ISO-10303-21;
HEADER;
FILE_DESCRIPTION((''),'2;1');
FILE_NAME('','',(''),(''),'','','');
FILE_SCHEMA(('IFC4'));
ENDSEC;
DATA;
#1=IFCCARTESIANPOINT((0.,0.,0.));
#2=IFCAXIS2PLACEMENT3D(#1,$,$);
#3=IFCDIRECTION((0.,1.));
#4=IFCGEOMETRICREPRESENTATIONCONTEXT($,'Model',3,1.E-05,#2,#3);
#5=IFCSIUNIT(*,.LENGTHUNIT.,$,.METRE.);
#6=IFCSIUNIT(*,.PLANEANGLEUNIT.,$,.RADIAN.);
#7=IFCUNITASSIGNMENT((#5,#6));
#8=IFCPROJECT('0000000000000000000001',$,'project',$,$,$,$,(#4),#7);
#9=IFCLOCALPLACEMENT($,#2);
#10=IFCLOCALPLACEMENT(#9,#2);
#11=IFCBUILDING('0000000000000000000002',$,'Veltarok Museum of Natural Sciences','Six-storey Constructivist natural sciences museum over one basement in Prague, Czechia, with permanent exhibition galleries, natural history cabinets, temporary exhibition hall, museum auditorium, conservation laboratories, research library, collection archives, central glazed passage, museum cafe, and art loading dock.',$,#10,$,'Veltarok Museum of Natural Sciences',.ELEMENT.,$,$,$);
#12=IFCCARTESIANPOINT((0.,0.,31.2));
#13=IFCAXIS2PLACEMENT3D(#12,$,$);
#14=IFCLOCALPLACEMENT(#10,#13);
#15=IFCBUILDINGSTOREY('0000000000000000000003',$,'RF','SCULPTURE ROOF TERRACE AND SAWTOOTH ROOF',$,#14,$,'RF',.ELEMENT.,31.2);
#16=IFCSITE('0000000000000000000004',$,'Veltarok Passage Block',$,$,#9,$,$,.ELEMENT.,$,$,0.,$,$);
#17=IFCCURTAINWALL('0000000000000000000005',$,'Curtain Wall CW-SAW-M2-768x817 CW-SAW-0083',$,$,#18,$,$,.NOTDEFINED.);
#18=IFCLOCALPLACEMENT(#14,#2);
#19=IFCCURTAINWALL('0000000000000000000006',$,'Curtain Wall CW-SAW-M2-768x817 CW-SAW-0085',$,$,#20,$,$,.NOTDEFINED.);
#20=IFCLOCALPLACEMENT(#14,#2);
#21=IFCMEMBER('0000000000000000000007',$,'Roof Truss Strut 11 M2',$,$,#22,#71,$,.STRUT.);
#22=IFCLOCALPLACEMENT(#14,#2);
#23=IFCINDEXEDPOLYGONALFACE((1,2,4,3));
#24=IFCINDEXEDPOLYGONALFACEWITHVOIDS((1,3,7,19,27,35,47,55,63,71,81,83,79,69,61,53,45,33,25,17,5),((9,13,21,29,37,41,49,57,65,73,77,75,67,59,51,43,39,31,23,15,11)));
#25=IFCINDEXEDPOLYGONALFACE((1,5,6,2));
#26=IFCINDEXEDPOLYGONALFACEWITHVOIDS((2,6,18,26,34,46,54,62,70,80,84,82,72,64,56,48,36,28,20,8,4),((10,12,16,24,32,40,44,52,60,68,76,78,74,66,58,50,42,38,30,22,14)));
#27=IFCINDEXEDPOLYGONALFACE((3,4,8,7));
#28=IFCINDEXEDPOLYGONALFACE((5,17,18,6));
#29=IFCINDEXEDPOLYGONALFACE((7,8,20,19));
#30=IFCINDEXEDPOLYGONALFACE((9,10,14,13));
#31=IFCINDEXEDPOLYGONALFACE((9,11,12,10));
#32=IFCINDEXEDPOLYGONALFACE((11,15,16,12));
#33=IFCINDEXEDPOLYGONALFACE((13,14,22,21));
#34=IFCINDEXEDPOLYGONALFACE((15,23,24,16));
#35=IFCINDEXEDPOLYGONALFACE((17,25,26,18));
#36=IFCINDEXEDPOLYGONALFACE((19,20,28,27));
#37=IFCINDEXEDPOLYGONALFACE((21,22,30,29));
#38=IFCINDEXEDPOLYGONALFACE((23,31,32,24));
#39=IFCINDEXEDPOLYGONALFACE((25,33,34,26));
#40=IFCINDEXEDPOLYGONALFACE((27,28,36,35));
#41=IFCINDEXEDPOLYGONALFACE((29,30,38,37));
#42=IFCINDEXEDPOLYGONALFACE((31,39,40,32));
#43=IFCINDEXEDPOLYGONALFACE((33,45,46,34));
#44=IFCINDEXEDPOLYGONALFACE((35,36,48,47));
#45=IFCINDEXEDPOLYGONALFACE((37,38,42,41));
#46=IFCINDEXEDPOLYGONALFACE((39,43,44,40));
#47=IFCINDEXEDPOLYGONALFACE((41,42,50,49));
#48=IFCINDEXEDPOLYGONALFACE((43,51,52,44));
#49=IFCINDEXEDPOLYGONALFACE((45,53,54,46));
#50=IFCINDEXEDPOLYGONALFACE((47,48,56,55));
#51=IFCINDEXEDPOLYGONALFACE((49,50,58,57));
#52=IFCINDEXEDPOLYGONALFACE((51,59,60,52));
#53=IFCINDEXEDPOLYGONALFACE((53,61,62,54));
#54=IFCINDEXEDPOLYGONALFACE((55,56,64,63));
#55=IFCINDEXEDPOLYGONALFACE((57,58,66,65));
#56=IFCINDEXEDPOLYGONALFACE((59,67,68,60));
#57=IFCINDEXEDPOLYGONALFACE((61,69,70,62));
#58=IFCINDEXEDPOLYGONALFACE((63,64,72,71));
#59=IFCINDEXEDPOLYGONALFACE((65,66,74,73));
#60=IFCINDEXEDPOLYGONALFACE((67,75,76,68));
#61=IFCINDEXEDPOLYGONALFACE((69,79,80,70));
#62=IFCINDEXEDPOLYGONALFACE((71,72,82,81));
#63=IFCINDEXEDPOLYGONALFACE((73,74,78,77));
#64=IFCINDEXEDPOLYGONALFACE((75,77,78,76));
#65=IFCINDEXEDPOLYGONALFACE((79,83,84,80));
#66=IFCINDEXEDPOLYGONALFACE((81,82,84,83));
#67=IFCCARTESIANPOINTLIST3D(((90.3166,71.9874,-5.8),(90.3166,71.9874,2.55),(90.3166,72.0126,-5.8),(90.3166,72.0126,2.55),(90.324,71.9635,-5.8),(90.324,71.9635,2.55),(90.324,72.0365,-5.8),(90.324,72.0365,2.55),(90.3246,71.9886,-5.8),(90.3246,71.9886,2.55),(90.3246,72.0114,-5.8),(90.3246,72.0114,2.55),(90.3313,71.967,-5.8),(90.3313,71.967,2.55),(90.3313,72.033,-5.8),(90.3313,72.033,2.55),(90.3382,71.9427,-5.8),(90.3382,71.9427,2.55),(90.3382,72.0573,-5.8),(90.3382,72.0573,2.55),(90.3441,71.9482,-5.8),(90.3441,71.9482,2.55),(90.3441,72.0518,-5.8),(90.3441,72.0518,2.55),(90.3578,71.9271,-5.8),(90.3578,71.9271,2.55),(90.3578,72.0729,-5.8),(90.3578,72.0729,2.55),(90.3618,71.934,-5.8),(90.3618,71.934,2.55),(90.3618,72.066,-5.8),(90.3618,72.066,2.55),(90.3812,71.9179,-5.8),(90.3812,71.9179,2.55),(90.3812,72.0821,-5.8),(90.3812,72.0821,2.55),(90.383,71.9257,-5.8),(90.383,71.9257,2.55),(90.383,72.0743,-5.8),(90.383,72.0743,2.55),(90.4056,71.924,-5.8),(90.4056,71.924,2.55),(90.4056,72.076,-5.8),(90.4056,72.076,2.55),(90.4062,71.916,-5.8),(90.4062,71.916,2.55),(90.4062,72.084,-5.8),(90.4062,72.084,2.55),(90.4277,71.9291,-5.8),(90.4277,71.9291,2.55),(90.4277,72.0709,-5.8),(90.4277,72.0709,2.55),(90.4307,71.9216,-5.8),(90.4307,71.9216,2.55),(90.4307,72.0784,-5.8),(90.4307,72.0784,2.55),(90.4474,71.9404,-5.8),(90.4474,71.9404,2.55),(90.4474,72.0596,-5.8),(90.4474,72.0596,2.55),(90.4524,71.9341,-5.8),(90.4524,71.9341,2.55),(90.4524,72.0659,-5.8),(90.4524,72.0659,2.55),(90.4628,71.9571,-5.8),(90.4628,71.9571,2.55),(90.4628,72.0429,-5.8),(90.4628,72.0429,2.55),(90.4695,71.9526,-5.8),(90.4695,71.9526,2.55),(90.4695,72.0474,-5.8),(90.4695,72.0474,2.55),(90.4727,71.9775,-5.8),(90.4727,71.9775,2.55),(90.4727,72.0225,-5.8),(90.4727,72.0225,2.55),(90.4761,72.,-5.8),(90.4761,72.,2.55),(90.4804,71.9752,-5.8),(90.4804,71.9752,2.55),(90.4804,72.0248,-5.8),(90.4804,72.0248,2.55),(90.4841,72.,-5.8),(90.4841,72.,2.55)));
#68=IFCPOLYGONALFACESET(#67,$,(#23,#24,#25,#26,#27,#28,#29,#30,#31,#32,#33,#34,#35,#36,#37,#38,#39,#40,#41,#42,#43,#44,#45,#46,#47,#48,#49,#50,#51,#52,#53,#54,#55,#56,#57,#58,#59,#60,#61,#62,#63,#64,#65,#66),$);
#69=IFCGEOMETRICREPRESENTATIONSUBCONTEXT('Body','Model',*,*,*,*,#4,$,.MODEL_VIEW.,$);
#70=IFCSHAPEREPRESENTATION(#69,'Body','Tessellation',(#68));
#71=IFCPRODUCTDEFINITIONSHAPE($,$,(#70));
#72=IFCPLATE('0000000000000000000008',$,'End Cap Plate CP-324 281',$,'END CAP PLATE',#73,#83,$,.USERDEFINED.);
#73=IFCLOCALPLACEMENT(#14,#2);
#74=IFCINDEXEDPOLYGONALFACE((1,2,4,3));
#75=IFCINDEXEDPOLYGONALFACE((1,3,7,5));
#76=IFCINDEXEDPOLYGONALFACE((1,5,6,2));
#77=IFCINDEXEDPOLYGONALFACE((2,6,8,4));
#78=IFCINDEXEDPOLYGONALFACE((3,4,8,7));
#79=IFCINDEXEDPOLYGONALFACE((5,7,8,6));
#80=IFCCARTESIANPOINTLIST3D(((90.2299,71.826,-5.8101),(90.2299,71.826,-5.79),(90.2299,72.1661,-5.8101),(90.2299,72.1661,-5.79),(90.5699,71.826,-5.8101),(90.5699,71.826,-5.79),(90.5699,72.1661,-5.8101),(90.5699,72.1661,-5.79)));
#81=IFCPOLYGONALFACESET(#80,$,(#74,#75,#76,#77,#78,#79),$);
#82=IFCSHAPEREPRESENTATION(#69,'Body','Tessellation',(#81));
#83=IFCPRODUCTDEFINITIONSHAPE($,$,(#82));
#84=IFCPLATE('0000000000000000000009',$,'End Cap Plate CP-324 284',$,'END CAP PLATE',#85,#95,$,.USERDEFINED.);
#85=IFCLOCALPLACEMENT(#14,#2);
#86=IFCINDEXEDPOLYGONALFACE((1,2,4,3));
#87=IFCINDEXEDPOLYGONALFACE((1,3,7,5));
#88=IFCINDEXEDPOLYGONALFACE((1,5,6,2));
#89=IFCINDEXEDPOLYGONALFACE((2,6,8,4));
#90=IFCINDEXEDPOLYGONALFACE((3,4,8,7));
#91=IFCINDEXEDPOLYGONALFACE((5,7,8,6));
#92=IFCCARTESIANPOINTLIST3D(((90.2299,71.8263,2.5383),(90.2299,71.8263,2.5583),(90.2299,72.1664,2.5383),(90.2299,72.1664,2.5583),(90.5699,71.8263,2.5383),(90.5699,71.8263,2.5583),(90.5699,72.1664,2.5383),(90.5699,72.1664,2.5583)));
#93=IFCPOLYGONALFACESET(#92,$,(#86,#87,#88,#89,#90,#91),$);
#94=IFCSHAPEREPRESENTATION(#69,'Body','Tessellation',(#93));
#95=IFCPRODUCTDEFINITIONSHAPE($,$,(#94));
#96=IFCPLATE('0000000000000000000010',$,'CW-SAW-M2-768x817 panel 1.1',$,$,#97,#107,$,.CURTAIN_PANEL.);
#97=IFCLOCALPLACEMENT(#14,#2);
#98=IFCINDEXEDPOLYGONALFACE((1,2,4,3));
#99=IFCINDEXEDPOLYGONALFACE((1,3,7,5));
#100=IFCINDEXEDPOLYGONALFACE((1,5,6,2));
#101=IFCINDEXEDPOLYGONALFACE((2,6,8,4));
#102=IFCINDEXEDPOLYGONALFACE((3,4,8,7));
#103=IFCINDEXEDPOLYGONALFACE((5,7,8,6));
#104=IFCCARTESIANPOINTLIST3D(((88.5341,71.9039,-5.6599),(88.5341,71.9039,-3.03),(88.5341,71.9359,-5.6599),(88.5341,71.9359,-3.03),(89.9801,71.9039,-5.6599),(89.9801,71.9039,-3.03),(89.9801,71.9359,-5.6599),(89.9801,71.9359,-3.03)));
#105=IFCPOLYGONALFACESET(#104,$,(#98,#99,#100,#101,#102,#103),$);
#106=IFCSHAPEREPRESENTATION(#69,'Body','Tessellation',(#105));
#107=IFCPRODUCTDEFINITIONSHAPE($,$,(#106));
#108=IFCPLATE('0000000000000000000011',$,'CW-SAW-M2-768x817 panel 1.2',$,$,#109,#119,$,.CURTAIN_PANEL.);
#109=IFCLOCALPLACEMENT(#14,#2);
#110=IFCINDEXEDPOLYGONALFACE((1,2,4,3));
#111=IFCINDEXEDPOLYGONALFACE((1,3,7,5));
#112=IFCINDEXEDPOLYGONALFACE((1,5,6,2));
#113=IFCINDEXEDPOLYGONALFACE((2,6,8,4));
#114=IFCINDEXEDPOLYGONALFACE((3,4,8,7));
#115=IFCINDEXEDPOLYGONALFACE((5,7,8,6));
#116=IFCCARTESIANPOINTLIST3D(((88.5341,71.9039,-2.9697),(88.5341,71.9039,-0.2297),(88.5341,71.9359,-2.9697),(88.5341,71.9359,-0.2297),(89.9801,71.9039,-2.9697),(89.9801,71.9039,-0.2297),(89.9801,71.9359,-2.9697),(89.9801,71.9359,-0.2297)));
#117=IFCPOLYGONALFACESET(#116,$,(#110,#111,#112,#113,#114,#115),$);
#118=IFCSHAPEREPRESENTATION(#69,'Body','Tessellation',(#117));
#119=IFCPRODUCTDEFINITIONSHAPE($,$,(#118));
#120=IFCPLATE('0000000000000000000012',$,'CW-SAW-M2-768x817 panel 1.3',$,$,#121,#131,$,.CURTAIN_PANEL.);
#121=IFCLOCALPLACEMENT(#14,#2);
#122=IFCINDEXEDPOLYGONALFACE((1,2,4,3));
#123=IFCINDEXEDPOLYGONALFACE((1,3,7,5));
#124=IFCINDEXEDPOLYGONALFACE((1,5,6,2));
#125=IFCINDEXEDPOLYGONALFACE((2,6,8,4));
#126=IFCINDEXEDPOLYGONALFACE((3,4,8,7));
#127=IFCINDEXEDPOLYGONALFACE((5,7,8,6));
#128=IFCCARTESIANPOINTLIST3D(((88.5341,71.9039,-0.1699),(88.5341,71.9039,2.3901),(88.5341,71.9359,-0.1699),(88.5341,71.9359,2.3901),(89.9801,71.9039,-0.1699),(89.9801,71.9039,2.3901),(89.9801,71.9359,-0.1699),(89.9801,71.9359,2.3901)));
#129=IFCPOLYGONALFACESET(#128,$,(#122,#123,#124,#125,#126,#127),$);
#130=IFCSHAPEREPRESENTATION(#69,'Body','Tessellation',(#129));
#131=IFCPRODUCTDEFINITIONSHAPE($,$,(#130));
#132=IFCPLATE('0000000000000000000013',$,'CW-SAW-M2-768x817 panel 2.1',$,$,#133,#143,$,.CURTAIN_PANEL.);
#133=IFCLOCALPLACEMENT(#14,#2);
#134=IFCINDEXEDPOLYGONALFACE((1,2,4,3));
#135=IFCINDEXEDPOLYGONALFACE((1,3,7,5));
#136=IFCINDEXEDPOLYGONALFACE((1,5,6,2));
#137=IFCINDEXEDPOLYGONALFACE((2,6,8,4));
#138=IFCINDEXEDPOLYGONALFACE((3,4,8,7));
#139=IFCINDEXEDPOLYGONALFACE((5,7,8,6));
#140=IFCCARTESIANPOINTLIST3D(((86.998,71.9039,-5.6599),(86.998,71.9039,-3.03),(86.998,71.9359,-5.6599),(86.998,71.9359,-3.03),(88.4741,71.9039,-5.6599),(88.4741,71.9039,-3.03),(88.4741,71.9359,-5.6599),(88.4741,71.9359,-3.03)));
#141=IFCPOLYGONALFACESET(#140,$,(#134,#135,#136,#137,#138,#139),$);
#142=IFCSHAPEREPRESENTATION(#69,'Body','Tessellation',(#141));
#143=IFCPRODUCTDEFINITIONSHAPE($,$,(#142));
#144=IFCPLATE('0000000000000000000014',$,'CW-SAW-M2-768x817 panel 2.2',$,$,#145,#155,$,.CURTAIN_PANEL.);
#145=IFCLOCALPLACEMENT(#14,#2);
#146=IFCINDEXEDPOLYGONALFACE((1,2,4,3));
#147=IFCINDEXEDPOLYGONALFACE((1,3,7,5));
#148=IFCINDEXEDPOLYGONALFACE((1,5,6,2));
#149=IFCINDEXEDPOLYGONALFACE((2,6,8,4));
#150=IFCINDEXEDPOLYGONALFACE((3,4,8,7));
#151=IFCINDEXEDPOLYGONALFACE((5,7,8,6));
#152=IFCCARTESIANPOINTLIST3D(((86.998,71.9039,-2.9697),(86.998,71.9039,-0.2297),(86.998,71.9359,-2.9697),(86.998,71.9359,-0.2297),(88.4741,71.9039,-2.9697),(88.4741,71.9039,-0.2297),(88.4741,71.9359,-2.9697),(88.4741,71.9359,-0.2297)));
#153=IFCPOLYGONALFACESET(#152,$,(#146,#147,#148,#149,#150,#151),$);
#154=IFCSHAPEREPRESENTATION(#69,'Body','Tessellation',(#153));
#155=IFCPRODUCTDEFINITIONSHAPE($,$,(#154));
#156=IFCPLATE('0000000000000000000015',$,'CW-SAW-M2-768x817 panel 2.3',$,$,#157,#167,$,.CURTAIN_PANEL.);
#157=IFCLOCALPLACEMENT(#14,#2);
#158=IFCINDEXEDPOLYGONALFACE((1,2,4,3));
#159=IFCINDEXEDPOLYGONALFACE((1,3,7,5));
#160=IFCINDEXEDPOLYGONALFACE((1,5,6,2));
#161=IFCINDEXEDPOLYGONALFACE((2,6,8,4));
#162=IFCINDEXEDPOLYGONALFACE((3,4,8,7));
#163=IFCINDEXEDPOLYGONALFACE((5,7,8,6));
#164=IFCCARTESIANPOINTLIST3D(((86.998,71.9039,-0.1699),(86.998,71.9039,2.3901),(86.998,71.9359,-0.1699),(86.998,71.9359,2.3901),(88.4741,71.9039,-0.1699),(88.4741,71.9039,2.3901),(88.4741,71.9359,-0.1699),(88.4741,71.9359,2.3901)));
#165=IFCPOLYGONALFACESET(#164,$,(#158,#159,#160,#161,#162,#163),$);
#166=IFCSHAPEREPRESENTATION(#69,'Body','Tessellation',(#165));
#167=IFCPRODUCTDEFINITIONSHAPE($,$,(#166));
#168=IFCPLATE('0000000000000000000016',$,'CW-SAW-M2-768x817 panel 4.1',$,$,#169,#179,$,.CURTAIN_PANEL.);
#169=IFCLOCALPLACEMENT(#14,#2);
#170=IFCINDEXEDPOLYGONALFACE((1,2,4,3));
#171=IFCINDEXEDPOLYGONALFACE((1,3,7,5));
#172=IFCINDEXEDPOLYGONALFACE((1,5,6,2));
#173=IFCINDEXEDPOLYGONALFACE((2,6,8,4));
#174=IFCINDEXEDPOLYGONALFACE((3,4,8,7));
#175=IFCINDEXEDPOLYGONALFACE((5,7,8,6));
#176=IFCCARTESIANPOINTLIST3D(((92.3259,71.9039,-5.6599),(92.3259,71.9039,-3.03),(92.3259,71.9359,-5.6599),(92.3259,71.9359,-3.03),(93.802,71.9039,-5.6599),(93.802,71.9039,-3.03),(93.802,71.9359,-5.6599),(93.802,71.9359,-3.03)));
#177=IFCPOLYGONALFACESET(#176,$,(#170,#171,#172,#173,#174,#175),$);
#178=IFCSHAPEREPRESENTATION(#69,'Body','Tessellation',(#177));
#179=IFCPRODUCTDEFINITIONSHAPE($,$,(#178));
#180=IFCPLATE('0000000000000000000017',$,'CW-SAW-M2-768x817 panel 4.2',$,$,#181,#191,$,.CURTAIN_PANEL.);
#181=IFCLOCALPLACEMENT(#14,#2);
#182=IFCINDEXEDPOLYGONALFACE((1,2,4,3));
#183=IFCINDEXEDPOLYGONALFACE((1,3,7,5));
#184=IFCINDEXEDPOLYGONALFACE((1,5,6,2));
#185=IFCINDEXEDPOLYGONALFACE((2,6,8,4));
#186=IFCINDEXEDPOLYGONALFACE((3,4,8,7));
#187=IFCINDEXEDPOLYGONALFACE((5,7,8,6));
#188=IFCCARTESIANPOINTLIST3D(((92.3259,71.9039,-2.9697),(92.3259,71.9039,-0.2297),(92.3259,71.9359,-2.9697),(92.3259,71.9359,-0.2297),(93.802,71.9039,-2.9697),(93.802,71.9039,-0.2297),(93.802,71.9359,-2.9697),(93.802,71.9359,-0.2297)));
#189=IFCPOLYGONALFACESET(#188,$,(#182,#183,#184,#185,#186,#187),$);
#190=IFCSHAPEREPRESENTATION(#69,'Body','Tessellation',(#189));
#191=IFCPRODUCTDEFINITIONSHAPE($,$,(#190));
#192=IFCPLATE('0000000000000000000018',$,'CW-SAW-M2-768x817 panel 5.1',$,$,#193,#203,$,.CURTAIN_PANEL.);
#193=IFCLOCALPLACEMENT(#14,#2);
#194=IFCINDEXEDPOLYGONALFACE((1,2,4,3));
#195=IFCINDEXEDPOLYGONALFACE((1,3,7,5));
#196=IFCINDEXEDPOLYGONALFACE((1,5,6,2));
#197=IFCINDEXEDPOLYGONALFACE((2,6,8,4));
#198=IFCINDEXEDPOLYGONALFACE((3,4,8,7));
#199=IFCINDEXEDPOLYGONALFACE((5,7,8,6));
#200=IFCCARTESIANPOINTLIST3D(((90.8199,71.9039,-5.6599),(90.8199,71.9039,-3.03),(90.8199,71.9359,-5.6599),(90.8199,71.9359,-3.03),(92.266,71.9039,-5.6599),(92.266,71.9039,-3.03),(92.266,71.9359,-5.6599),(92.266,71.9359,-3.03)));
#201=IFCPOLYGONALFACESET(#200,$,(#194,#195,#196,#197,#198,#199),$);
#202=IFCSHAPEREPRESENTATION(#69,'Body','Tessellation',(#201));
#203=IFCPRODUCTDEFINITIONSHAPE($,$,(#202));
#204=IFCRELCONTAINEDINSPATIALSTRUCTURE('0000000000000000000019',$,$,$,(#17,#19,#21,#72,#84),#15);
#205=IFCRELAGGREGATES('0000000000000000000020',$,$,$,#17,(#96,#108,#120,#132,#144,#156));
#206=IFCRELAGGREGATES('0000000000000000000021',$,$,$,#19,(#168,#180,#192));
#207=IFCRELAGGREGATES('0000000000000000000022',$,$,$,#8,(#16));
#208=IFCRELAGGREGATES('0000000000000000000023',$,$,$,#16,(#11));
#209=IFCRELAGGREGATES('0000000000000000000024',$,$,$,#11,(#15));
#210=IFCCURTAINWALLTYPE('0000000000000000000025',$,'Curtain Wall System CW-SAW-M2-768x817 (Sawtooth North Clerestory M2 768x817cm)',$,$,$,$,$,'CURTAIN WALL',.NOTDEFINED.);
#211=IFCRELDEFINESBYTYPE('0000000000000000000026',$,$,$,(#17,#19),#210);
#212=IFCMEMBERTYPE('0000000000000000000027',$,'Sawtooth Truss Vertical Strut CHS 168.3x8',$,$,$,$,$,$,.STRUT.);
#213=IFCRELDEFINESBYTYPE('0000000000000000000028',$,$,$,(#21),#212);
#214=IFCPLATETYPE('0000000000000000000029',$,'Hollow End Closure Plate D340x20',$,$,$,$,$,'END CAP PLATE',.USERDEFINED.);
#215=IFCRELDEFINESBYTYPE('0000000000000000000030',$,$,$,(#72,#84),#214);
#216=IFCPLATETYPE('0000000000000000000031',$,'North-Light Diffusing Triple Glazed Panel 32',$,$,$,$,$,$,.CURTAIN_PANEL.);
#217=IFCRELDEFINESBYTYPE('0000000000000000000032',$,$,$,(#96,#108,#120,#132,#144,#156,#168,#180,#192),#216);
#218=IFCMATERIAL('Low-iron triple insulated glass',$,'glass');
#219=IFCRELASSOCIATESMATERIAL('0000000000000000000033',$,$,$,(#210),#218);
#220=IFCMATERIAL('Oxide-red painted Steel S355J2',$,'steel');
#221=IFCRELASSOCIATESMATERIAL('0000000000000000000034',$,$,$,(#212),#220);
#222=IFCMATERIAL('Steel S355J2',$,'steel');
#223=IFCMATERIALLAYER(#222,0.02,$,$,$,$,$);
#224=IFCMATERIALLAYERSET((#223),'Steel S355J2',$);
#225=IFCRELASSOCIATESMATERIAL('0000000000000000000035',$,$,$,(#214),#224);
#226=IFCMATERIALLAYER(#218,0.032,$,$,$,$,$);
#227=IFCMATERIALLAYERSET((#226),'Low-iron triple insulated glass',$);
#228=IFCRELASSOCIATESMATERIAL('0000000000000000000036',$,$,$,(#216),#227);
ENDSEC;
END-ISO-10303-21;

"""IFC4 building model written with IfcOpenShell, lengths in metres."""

from ifc_helpers import new_model, si_unit, direction, frame, origin, origin_2d, place, context, subcontext, project, spatial, rectangle, hollow_circle, extrude, material, layer, layer_set, material_profile, profile_set, type_object, element, aggregate, save


model = new_model("IFC4")

# Units and contexts
model_context = context("Model", 3, precision=1e-05, world=origin(), true_north=direction((0.0, 1.0)))
body_context = subcontext(model_context, "Body", "Model", "MODEL_VIEW")
ifc_project = project(units=[si_unit("LENGTHUNIT", "METRE"), si_unit("PLANEANGLEUNIT", "RADIAN")], contexts=[model_context])

# Site, building, storey
site_placement = place(None, origin())
site = spatial("IfcSite", under=ifc_project, at=site_placement, Name="Veltarok Passage Block", CompositionType="ELEMENT", RefElevation=0.0)
building_placement = place(site_placement, origin())
building = spatial("IfcBuilding", under=site, at=building_placement, Name="Veltarok Museum of Natural Sciences", Description="Six-storey Constructivist natural sciences museum over one basement in Prague, Czechia, with permanent exhibition galleries, natural history cabinets, temporary exhibition hall, museum auditorium, conservation laboratories, research library, collection archives, central glazed passage, museum cafe, and art loading dock.", LongName="Veltarok Museum of Natural Sciences", CompositionType="ELEMENT")
storey_placement = place(building_placement, frame((0.0, 0.0, 31.2)))
storey = spatial("IfcBuildingStorey", under=building, at=storey_placement, Name="RF", Description="SCULPTURE ROOF TERRACE AND SAWTOOTH ROOF", LongName="RF", CompositionType="ELEMENT", Elevation=31.2)

# Shared definitions
ifc_material_1 = material(Name="Steel S355J2", Category="steel")

# Curtain walls
ifc_material_2 = material(Name="Low-iron triple insulated glass", Category="glass")
curtain_wall_type = type_object("IfcCurtainWallType", Name="Curtain Wall System CW-SAW-M2-768x817 (Sawtooth North Clerestory M2 768x817cm)", ElementType="CURTAIN WALL", PredefinedType="NOTDEFINED", material=ifc_material_2)
curtain_wall_1_placement = place(storey_placement, origin())
curtain_wall_1 = element("IfcCurtainWall", 1, at=curtain_wall_1_placement, inside=storey, type_object=curtain_wall_type, Name="Curtain Wall CW-SAW-M2-768x817 CW-SAW-0083", PredefinedType="NOTDEFINED")
curtain_wall_2_placement = place(storey_placement, origin())
curtain_wall_2 = element("IfcCurtainWall", 2, at=curtain_wall_2_placement, inside=storey, type_object=curtain_wall_type, Name="Curtain Wall CW-SAW-M2-768x817 CW-SAW-0085", PredefinedType="NOTDEFINED")

# Member
ifc_material_3 = material(Name="Oxide-red painted Steel S355J2", Category="steel")
ifc_material_profile_1 = material_profile(ifc_material_3, hollow_circle(Radius=0.0842, WallThickness=0.0081, at=origin_2d()), Name="CHS 168.3x8")
ifc_profile_set_1 = profile_set([ifc_material_profile_1], Name="Oxide-red painted Steel S355J2")
member_type_1 = type_object("IfcMemberType", Name="Sawtooth Truss Vertical Strut CHS 168.3x8", PredefinedType="STRUT", material=ifc_profile_set_1)
member_1_placement = place(storey_placement, frame((90.3999, 72.0, -5.8), z_axis=(0.0, 0.0, 1.0), x_axis=(1.0, 0.0, 0.0)))
element("IfcMember", 3, at=member_1_placement, inside=storey, type_object=member_type_1, Name="Roof Truss Strut 11 M2", PredefinedType="STRUT", context=body_context, shape_type="SweptSolid", body=[
    extrude(hollow_circle(Radius=0.0842, WallThickness=0.0081, at=origin_2d()), origin(), (0.0, 0.0, 1.0), 8.3501),
])

# Plates
ifc_layer_1 = layer(ifc_material_1, 0.02)
ifc_layer_set_1 = layer_set([ifc_layer_1], Name="Steel S355J2")
plate_type_1 = type_object("IfcPlateType", Name="Hollow End Closure Plate D340x20", ElementType="END CAP PLATE", PredefinedType="USERDEFINED", material=ifc_layer_set_1)
for number, where, z_axis, x_axis, name in (
    (4, (90.3999, 71.9961, -5.8101), (0.0, 0.0, 1.0), (0.0, 1.0, 0.0), "End Cap Plate CP-324 281"),
    (5, (90.3999, 71.9963, 2.5383), (0.0, 0.0, 1.0), (0.0, 1.0, 0.0), "End Cap Plate CP-324 284"),
):
    element("IfcPlate", number, at=place(storey_placement, frame(where, z_axis=z_axis, x_axis=x_axis)), inside=storey, type_object=plate_type_1, Name=name, ObjectType="END CAP PLATE", PredefinedType="USERDEFINED", context=body_context, shape_type="SweptSolid", body=[
        extrude(rectangle(XDim=0.3401, YDim=0.3401, at=origin_2d()), origin(), (0.0, 0.0, 1.0), 0.02),
    ])

# Plates
ifc_layer_2 = layer(ifc_material_2, 0.032)
ifc_layer_set_2 = layer_set([ifc_layer_2], Name="Low-iron triple insulated glass")
plate_type_2 = type_object("IfcPlateType", Name="North-Light Diffusing Triple Glazed Panel 32", PredefinedType="CURTAIN_PANEL", material=ifc_layer_set_2)
plate_1_placement = place(storey_placement, frame((89.2571, 71.9199, -5.6599), z_axis=(0.0, 0.0, 1.0), x_axis=(-1.0, 0.0, 0.0)))
plate_1 = element("IfcPlate", 6, at=plate_1_placement, type_object=plate_type_2, Name="CW-SAW-M2-768x817 panel 1.1", PredefinedType="CURTAIN_PANEL", context=body_context, shape_type="SweptSolid", body=[
    extrude(rectangle(XDim=1.446, YDim=0.032, at=origin_2d()), origin(), (0.0, 0.0, 1.0), 2.6299),
])
plate_2_placement = place(storey_placement, frame((89.2571, 71.9199, -2.9697), z_axis=(0.0, 0.0, 1.0), x_axis=(-1.0, 0.0, 0.0)))
plate_2 = element("IfcPlate", 7, at=plate_2_placement, type_object=plate_type_2, Name="CW-SAW-M2-768x817 panel 1.2", PredefinedType="CURTAIN_PANEL", context=body_context, shape_type="SweptSolid", body=[
    extrude(rectangle(XDim=1.446, YDim=0.032, at=origin_2d()), origin(), (0.0, 0.0, 1.0), 2.74),
])
plate_3_placement = place(storey_placement, frame((89.2571, 71.9199, -0.1699), z_axis=(0.0, 0.0, 1.0), x_axis=(-1.0, 0.0, 0.0)))
plate_3 = element("IfcPlate", 8, at=plate_3_placement, type_object=plate_type_2, Name="CW-SAW-M2-768x817 panel 1.3", PredefinedType="CURTAIN_PANEL", context=body_context, shape_type="SweptSolid", body=[
    extrude(rectangle(XDim=1.446, YDim=0.032, at=origin_2d()), origin(), (0.0, 0.0, 1.0), 2.5601),
])
plate_4_placement = place(storey_placement, frame((87.7361, 71.9199, -5.6599), z_axis=(0.0, 0.0, 1.0), x_axis=(-1.0, 0.0, 0.0)))
plate_4 = element("IfcPlate", 9, at=plate_4_placement, type_object=plate_type_2, Name="CW-SAW-M2-768x817 panel 2.1", PredefinedType="CURTAIN_PANEL", context=body_context, shape_type="SweptSolid", body=[
    extrude(rectangle(XDim=1.4761, YDim=0.032, at=origin_2d()), origin(), (0.0, 0.0, 1.0), 2.6299),
])
plate_5_placement = place(storey_placement, frame((87.7361, 71.9199, -2.9697), z_axis=(0.0, 0.0, 1.0), x_axis=(-1.0, 0.0, 0.0)))
plate_5 = element("IfcPlate", 10, at=plate_5_placement, type_object=plate_type_2, Name="CW-SAW-M2-768x817 panel 2.2", PredefinedType="CURTAIN_PANEL", context=body_context, shape_type="SweptSolid", body=[
    extrude(rectangle(XDim=1.4761, YDim=0.032, at=origin_2d()), origin(), (0.0, 0.0, 1.0), 2.74),
])
plate_6_placement = place(storey_placement, frame((87.7361, 71.9199, -0.1699), z_axis=(0.0, 0.0, 1.0), x_axis=(-1.0, 0.0, 0.0)))
plate_6 = element("IfcPlate", 11, at=plate_6_placement, type_object=plate_type_2, Name="CW-SAW-M2-768x817 panel 2.3", PredefinedType="CURTAIN_PANEL", context=body_context, shape_type="SweptSolid", body=[
    extrude(rectangle(XDim=1.4761, YDim=0.032, at=origin_2d()), origin(), (0.0, 0.0, 1.0), 2.5601),
])
aggregate(curtain_wall_1, [plate_1, plate_2, plate_3, plate_4, plate_5, plate_6])
plate_7_placement = place(storey_placement, frame((93.064, 71.9199, -5.6599), z_axis=(0.0, 0.0, 1.0), x_axis=(-1.0, 0.0, 0.0)))
plate_7 = element("IfcPlate", 12, at=plate_7_placement, type_object=plate_type_2, Name="CW-SAW-M2-768x817 panel 4.1", PredefinedType="CURTAIN_PANEL", context=body_context, shape_type="SweptSolid", body=[
    extrude(rectangle(XDim=1.4761, YDim=0.032, at=origin_2d()), origin(), (0.0, 0.0, 1.0), 2.6299),
])
plate_8_placement = place(storey_placement, frame((93.064, 71.9199, -2.9697), z_axis=(0.0, 0.0, 1.0), x_axis=(-1.0, 0.0, 0.0)))
plate_8 = element("IfcPlate", 13, at=plate_8_placement, type_object=plate_type_2, Name="CW-SAW-M2-768x817 panel 4.2", PredefinedType="CURTAIN_PANEL", context=body_context, shape_type="SweptSolid", body=[
    extrude(rectangle(XDim=1.4761, YDim=0.032, at=origin_2d()), origin(), (0.0, 0.0, 1.0), 2.74),
])
plate_9_placement = place(storey_placement, frame((91.543, 71.9199, -5.6599), z_axis=(0.0, 0.0, 1.0), x_axis=(-1.0, 0.0, 0.0)))
plate_9 = element("IfcPlate", 14, at=plate_9_placement, type_object=plate_type_2, Name="CW-SAW-M2-768x817 panel 5.1", PredefinedType="CURTAIN_PANEL", context=body_context, shape_type="SweptSolid", body=[
    extrude(rectangle(XDim=1.446, YDim=0.032, at=origin_2d()), origin(), (0.0, 0.0, 1.0), 2.6299),
])
aggregate(curtain_wall_2, [plate_7, plate_8, plate_9])

save(model, "model.ifc")
